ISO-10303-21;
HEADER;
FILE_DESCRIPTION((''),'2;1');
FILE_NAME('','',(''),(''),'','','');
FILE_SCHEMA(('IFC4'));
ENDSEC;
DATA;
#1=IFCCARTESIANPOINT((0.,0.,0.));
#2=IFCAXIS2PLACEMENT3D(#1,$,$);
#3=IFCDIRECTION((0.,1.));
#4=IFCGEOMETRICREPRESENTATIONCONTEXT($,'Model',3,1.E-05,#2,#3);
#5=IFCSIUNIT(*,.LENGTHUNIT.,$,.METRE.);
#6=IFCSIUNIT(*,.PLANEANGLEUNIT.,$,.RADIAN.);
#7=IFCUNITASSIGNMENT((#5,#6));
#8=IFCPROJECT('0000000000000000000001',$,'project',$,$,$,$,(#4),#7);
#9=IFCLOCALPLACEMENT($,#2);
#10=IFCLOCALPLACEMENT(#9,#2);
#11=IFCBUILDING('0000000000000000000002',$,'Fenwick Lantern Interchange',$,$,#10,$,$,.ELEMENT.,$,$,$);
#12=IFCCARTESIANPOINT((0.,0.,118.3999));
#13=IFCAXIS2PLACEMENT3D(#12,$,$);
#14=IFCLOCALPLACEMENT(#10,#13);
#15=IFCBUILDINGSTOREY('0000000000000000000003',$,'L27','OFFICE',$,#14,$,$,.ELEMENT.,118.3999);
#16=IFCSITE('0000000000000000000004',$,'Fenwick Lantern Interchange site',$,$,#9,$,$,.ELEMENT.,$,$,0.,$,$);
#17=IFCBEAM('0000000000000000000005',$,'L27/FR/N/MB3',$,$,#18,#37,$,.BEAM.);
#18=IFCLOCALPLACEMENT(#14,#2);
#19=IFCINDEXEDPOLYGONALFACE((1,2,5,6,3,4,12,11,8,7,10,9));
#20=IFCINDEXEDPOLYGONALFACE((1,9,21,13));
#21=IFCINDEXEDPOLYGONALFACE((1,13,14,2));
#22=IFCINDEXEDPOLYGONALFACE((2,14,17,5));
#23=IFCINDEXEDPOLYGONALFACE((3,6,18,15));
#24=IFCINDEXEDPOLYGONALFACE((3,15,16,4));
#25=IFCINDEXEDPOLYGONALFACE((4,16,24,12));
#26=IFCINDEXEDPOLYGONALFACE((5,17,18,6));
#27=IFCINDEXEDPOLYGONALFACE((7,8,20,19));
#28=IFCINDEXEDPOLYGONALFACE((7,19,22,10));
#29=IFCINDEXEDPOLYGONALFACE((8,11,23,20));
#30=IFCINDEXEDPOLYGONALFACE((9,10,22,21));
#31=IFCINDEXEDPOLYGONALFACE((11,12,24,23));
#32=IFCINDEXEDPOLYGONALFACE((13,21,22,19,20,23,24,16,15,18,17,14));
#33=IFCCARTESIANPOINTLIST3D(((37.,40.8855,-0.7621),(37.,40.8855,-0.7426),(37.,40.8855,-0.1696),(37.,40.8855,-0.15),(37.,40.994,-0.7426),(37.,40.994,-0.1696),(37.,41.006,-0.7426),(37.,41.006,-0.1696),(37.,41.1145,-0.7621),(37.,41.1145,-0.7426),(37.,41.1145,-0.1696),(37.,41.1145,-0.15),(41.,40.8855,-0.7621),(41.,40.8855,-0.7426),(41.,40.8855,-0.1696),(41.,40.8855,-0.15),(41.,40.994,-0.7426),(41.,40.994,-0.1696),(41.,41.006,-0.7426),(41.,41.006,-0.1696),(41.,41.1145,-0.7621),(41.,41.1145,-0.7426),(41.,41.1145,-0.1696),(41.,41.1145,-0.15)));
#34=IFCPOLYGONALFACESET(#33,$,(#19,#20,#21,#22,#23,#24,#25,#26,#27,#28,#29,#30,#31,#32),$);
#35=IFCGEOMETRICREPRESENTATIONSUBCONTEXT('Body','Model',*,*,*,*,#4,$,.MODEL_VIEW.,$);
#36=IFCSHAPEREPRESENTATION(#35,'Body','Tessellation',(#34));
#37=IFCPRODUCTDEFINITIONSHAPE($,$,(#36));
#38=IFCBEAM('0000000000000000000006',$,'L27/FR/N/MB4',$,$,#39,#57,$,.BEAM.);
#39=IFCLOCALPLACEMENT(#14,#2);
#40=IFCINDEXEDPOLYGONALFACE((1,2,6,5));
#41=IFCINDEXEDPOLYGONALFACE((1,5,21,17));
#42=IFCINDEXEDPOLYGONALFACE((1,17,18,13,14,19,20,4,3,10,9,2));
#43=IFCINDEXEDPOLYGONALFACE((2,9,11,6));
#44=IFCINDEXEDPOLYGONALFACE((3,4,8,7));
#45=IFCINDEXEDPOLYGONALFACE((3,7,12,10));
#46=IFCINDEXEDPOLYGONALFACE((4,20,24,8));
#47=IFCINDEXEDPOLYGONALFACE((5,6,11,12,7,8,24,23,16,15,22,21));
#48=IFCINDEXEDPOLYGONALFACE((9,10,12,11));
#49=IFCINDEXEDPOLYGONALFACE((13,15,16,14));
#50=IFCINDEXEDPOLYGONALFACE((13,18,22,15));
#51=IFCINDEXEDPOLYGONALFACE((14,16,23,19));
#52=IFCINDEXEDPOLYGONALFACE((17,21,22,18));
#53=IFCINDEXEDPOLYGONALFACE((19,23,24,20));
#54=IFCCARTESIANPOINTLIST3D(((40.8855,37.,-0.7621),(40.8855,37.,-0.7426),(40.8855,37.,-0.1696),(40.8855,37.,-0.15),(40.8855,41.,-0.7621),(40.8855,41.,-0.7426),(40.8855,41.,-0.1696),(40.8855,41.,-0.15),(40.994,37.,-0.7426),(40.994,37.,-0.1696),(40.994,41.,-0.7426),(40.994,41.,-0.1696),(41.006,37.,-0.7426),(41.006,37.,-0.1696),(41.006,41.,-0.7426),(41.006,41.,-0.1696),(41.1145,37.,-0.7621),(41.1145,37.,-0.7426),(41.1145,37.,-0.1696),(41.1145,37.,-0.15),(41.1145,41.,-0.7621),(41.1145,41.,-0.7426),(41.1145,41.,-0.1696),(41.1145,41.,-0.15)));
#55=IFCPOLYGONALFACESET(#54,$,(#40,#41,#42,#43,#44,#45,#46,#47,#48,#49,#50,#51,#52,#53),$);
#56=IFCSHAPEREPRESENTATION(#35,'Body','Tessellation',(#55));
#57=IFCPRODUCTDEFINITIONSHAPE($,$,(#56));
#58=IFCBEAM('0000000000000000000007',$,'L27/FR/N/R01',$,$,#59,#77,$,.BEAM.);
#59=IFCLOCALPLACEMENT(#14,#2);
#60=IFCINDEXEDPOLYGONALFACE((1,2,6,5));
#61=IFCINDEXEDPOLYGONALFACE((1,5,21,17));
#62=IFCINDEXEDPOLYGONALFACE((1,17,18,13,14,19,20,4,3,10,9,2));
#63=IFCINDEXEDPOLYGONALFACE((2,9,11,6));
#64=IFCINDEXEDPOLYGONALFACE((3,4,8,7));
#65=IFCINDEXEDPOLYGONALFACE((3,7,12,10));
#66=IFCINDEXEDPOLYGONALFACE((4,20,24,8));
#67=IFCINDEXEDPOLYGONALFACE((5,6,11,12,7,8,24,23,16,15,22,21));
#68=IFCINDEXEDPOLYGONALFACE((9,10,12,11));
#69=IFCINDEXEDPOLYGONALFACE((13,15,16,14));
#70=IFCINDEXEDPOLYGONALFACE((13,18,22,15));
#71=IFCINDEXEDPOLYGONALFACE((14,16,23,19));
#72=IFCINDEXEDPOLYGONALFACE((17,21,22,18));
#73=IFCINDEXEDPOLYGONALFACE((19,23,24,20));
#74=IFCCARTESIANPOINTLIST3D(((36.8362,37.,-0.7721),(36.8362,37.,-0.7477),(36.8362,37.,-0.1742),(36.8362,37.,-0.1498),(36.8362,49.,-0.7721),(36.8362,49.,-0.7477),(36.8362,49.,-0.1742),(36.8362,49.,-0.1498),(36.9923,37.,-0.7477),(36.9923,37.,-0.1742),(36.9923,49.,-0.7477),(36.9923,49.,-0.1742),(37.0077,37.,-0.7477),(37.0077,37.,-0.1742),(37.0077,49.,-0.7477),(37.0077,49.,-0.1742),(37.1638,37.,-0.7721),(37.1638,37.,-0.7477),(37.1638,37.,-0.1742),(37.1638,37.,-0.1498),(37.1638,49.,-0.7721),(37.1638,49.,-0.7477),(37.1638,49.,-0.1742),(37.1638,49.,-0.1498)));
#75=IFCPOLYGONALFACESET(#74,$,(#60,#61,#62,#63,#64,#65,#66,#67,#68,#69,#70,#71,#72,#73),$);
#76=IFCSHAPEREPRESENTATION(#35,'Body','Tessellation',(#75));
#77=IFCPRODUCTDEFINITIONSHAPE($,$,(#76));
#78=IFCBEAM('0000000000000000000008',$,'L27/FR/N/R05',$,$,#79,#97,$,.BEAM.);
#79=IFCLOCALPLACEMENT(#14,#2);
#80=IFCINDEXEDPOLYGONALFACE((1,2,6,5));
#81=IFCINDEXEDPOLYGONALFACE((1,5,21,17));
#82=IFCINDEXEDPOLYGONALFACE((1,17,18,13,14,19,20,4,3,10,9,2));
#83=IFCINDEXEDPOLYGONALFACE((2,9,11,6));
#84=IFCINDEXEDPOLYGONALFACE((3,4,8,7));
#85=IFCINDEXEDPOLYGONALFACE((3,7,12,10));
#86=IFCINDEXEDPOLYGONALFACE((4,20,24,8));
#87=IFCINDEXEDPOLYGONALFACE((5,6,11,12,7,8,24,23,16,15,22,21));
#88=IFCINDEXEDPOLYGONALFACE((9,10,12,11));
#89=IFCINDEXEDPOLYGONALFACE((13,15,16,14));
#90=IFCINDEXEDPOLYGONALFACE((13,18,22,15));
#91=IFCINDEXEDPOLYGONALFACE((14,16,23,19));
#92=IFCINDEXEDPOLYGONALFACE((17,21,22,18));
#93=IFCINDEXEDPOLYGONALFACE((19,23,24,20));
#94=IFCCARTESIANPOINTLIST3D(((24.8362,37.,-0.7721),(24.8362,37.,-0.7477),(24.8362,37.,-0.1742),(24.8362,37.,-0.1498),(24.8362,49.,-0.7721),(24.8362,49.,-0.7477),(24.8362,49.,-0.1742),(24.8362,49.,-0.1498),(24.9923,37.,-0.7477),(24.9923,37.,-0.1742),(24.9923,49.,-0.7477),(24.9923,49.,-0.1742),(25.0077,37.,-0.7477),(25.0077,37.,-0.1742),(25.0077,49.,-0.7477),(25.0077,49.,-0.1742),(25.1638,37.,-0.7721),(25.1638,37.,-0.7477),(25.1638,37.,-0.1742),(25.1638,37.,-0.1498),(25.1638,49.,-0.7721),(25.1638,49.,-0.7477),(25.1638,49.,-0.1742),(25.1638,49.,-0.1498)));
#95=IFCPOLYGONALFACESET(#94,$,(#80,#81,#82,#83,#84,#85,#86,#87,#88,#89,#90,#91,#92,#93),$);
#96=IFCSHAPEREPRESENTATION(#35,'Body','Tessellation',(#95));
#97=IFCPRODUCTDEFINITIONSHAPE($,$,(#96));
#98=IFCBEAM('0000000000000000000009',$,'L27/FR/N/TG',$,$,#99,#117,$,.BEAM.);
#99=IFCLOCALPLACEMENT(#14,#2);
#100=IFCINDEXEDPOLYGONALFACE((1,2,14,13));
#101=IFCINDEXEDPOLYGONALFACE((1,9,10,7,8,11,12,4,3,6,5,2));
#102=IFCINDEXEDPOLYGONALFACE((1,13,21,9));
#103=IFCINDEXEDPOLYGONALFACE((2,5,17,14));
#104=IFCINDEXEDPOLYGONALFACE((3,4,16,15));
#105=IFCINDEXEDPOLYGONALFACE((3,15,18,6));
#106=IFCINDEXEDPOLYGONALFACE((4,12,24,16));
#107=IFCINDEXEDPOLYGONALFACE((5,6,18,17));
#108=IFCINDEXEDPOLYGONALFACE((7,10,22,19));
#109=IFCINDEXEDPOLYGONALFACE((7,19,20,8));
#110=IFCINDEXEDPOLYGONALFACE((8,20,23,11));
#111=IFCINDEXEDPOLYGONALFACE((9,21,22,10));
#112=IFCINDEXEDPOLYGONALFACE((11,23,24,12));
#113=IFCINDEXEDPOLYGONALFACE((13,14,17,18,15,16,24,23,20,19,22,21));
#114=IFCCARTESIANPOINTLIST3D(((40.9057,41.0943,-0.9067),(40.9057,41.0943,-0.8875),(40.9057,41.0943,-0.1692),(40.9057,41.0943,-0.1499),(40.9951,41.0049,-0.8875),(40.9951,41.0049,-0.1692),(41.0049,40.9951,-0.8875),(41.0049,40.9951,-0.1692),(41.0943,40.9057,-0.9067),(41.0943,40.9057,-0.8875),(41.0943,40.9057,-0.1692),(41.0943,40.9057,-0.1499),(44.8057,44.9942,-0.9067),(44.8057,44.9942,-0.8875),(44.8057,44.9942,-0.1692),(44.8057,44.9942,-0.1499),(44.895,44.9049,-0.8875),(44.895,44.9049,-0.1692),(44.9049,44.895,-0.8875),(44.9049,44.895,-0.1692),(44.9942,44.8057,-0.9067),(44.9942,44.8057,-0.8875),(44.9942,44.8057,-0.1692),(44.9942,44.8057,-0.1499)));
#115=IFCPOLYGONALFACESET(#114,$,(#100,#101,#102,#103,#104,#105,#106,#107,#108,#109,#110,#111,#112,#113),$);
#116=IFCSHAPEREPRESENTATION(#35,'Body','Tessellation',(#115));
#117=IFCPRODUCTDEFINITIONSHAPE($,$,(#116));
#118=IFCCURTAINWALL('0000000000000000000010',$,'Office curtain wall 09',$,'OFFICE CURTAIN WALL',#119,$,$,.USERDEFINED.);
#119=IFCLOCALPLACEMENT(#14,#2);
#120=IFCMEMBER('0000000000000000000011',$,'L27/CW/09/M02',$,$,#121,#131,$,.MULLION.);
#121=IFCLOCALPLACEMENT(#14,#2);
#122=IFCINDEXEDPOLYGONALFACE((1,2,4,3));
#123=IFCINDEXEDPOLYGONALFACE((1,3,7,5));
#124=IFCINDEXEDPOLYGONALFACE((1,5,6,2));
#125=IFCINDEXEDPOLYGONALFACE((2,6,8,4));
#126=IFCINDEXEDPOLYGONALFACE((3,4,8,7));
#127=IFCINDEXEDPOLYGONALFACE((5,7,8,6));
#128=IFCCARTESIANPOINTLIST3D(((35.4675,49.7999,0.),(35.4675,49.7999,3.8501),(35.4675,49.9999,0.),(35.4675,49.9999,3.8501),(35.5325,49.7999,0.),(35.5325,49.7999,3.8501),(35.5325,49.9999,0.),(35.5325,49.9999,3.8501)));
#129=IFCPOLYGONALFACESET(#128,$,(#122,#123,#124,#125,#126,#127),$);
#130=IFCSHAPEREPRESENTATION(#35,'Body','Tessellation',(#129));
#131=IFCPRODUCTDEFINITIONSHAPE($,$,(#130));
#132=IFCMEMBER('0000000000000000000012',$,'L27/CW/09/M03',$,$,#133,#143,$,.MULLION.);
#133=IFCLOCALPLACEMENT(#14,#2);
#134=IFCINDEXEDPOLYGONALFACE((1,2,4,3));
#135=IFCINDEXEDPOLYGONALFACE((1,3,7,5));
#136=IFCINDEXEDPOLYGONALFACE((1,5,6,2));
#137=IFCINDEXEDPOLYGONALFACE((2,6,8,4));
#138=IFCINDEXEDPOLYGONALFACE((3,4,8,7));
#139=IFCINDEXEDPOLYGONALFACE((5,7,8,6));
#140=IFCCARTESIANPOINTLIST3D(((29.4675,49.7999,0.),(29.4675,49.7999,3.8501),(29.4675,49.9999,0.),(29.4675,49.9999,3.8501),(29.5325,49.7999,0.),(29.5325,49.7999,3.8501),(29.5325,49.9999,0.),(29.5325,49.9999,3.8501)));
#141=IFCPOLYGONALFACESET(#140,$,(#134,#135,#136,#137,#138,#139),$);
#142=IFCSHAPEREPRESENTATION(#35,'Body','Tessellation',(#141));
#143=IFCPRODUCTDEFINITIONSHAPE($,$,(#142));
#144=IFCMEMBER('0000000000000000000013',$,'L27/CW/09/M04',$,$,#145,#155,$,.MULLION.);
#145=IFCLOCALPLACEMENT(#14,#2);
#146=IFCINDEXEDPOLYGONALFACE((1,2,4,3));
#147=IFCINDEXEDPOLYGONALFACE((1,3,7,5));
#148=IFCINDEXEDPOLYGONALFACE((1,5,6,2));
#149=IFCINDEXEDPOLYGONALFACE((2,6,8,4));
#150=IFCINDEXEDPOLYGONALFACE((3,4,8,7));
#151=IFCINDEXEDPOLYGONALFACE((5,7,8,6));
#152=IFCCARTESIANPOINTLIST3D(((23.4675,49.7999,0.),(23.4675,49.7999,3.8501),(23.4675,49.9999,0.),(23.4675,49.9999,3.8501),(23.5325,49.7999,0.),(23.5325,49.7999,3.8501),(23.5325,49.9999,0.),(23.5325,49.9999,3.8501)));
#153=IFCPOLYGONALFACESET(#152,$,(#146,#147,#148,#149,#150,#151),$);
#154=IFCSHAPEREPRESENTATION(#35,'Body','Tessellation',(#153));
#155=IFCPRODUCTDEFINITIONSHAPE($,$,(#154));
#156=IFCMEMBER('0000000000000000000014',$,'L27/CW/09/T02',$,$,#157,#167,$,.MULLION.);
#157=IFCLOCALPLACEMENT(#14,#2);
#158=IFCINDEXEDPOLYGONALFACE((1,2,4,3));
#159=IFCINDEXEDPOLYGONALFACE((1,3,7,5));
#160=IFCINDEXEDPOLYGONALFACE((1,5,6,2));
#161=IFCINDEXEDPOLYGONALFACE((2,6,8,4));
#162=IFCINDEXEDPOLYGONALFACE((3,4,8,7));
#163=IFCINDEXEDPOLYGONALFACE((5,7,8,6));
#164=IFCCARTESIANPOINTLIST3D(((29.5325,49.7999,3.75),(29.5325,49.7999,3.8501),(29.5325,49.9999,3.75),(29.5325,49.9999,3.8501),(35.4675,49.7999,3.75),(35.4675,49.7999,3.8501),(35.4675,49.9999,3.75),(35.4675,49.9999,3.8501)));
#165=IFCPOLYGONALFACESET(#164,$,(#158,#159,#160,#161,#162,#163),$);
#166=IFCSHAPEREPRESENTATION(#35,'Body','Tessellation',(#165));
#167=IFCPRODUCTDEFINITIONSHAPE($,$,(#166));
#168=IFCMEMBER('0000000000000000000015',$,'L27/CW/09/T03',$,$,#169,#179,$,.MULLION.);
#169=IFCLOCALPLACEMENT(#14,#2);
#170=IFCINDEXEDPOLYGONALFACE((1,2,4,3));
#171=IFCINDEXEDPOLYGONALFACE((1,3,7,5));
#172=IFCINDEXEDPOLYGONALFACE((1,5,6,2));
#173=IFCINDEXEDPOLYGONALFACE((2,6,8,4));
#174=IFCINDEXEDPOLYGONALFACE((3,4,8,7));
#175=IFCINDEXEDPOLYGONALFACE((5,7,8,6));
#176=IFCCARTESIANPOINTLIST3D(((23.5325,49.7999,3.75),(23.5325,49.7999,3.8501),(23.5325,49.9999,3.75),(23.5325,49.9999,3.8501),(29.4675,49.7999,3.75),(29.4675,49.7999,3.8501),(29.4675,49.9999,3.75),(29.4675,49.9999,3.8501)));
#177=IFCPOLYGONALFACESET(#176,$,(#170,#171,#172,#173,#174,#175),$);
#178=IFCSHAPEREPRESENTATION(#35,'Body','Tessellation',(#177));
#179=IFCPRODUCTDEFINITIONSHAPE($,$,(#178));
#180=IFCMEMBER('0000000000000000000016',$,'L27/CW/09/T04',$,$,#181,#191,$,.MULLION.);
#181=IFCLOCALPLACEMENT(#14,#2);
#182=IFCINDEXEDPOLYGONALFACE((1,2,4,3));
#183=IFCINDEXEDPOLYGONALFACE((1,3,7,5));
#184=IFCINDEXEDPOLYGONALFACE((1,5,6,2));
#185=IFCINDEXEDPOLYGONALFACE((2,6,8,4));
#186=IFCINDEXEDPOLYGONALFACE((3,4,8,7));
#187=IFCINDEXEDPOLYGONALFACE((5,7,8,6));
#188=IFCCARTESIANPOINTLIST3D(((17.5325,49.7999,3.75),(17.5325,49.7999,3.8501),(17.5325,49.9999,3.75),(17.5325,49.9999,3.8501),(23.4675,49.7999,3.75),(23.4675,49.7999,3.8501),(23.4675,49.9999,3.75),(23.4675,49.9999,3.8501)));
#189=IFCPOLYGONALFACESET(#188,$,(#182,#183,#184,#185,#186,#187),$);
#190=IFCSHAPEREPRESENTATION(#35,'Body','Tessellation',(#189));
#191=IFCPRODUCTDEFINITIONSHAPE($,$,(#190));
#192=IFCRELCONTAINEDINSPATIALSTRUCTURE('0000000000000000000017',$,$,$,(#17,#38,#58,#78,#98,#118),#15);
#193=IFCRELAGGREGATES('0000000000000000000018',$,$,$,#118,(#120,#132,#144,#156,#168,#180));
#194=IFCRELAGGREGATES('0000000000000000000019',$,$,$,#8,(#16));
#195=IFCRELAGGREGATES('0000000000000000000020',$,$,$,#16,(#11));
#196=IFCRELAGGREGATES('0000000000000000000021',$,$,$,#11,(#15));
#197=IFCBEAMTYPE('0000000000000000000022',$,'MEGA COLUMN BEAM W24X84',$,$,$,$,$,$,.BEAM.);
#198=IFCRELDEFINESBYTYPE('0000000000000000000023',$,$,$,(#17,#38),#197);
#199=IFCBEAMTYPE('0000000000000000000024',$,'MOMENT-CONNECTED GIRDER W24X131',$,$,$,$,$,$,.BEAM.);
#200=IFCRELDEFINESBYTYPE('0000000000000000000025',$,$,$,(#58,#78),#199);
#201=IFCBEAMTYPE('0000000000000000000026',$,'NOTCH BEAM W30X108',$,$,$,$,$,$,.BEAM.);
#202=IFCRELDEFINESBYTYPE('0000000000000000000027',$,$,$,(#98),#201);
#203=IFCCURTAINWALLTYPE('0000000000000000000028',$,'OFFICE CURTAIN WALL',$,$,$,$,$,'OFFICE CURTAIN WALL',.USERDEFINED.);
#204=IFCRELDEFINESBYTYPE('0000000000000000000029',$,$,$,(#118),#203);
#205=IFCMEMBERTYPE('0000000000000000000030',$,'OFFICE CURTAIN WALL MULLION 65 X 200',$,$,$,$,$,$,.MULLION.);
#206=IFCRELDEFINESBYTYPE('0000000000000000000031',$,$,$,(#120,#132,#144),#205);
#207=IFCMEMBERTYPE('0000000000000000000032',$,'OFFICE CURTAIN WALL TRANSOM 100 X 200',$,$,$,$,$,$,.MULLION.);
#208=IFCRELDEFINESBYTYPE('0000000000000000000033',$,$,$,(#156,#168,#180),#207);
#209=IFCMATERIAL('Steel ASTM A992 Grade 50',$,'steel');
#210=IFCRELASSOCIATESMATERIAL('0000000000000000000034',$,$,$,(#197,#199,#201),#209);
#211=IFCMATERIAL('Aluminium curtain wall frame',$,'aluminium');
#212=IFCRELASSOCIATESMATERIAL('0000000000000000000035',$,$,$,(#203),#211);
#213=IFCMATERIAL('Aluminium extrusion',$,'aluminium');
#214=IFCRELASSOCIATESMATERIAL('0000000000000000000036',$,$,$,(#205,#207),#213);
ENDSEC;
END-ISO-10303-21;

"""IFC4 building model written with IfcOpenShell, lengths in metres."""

from ifc_helpers import new_model, si_unit, direction, frame, origin, origin_2d, place, context, subcontext, project, spatial, rectangle, i_section, extrude, material, material_profile, profile_set, type_object, element, aggregate, save


model = new_model("IFC4")

# Units and contexts
model_context = context("Model", 3, precision=1e-05, world=origin(), true_north=direction((0.0, 1.0)))
body_context = subcontext(model_context, "Body", "Model", "MODEL_VIEW")
ifc_project = project(units=[si_unit("LENGTHUNIT", "METRE"), si_unit("PLANEANGLEUNIT", "RADIAN")], contexts=[model_context])

# Site, building, storey
site_placement = place(None, origin())
site = spatial("IfcSite", under=ifc_project, at=site_placement, Name="Fenwick Lantern Interchange site", CompositionType="ELEMENT", RefElevation=0.0)
building_placement = place(site_placement, origin())
building = spatial("IfcBuilding", under=site, at=building_placement, Name="Fenwick Lantern Interchange", CompositionType="ELEMENT")
storey_placement = place(building_placement, frame((0.0, 0.0, 118.3999)))
storey = spatial("IfcBuildingStorey", under=building, at=storey_placement, Name="L27", Description="OFFICE", CompositionType="ELEMENT", Elevation=118.3999)

# Beams
ifc_material_1 = material(Name="Steel ASTM A992 Grade 50", Category="steel")
ifc_material_profile_1 = material_profile(ifc_material_1, i_section(OverallWidth=0.229, OverallDepth=0.6121, WebThickness=0.012, FlangeThickness=0.0195, at=origin_2d()), Name="W24X84")
ifc_profile_set_1 = profile_set([ifc_material_profile_1], Name="Steel ASTM A992 Grade 50")
beam_type_1 = type_object("IfcBeamType", Name="MEGA COLUMN BEAM W24X84", PredefinedType="BEAM", material=ifc_profile_set_1)
for number, where, z_axis, x_axis, name in (
    (1, (41.0, 41.0, -0.4561), (-1.0, 0.0, 0.0), (0.0, -1.0, 0.0), "L27/FR/N/MB3"),
    (2, (41.0, 41.0, -0.4561), (0.0, -1.0, 0.0), (1.0, 0.0, 0.0), "L27/FR/N/MB4"),
):
    element("IfcBeam", number, at=place(storey_placement, frame(where, z_axis=z_axis, x_axis=x_axis)), inside=storey, type_object=beam_type_1, Name=name, PredefinedType="BEAM", context=body_context, shape_type="SweptSolid", body=[
        extrude(i_section(OverallWidth=0.229, OverallDepth=0.6121, WebThickness=0.012, FlangeThickness=0.0195, at=origin_2d()), origin(), (0.0, 0.0, 1.0), 4.0),
    ])
ifc_material_profile_2 = material_profile(ifc_material_1, i_section(OverallWidth=0.3276, OverallDepth=0.6223, WebThickness=0.0154, FlangeThickness=0.0244, at=origin_2d()), Name="W24X131")
ifc_profile_set_2 = profile_set([ifc_material_profile_2], Name="Steel ASTM A992 Grade 50")
beam_type_2 = type_object("IfcBeamType", Name="MOMENT-CONNECTED GIRDER W24X131", PredefinedType="BEAM", material=ifc_profile_set_2)
for number, where, z_axis, x_axis, name in (
    (3, (37.0, 49.0, -0.4609), (0.0, -1.0, 0.0), (1.0, 0.0, 0.0), "L27/FR/N/R01"),
    (4, (25.0, 49.0, -0.4609), (0.0, -1.0, 0.0), (1.0, 0.0, 0.0), "L27/FR/N/R05"),
):
    element("IfcBeam", number, at=place(storey_placement, frame(where, z_axis=z_axis, x_axis=x_axis)), inside=storey, type_object=beam_type_2, Name=name, PredefinedType="BEAM", context=body_context, shape_type="SweptSolid", body=[
        extrude(i_section(OverallWidth=0.3276, OverallDepth=0.6223, WebThickness=0.0154, FlangeThickness=0.0244, at=origin_2d()), origin(), (0.0, 0.0, 1.0), 12.0),
    ])
ifc_material_profile_3 = material_profile(ifc_material_1, i_section(OverallWidth=0.2666, OverallDepth=0.7568, WebThickness=0.0139, FlangeThickness=0.0193, at=origin_2d()), Name="W30X108")
ifc_profile_set_3 = profile_set([ifc_material_profile_3], Name="Steel ASTM A992 Grade 50")
beam_type_3 = type_object("IfcBeamType", Name="NOTCH BEAM W30X108", PredefinedType="BEAM", material=ifc_profile_set_3)
beam_1_placement = place(storey_placement, frame((41.0, 41.0, -0.5283), z_axis=(0.707107, 0.707107, 0.0), x_axis=(-0.707107, 0.707107, 0.0)))
element("IfcBeam", 5, at=beam_1_placement, inside=storey, type_object=beam_type_3, Name="L27/FR/N/TG", PredefinedType="BEAM", context=body_context, shape_type="SweptSolid", body=[
    extrude(i_section(OverallWidth=0.2666, OverallDepth=0.7568, WebThickness=0.0139, FlangeThickness=0.0193, at=origin_2d()), origin(), (0.0, 0.0, 1.0), 5.5154),
])

# Curtain wall, members
ifc_material_2 = material(Name="Aluminium curtain wall frame", Category="aluminium")
curtain_wall_type = type_object("IfcCurtainWallType", Name="OFFICE CURTAIN WALL", ElementType="OFFICE CURTAIN WALL", PredefinedType="USERDEFINED", material=ifc_material_2)
curtain_wall_placement = place(storey_placement, origin())
curtain_wall = element("IfcCurtainWall", 6, at=curtain_wall_placement, inside=storey, type_object=curtain_wall_type, Name="Office curtain wall 09", ObjectType="OFFICE CURTAIN WALL", PredefinedType="USERDEFINED")
ifc_material_3 = material(Name="Aluminium extrusion", Category="aluminium")
ifc_material_profile_4 = material_profile(ifc_material_3, rectangle(XDim=0.2, YDim=0.0649, at=origin_2d()), Name="OFFICE CURTAIN WALL MULLION 65 X 200")
ifc_profile_set_4 = profile_set([ifc_material_profile_4], Name="Aluminium extrusion")
member_type_1 = type_object("IfcMemberType", Name="OFFICE CURTAIN WALL MULLION 65 X 200", PredefinedType="MULLION", material=ifc_profile_set_4)
member_1_placement = place(storey_placement, frame((35.5, 49.8999, 0.0), z_axis=(0.0, 0.0, 1.0), x_axis=(0.0, -1.0, 0.0)))
member_1 = element("IfcMember", 7, at=member_1_placement, type_object=member_type_1, Name="L27/CW/09/M02", PredefinedType="MULLION", context=body_context, shape_type="SweptSolid", body=[
    extrude(rectangle(XDim=0.2, YDim=0.0649, at=origin_2d()), origin(), (0.0, 0.0, 1.0), 3.8501),
])
member_2_placement = place(storey_placement, frame((29.5, 49.8999, 0.0), z_axis=(0.0, 0.0, 1.0), x_axis=(0.0, -1.0, 0.0)))
member_2 = element("IfcMember", 8, at=member_2_placement, type_object=member_type_1, Name="L27/CW/09/M03", PredefinedType="MULLION", context=body_context, shape_type="SweptSolid", body=[
    extrude(rectangle(XDim=0.2, YDim=0.0649, at=origin_2d()), origin(), (0.0, 0.0, 1.0), 3.8501),
])
member_3_placement = place(storey_placement, frame((23.5, 49.8999, 0.0), z_axis=(0.0, 0.0, 1.0), x_axis=(0.0, -1.0, 0.0)))
member_3 = element("IfcMember", 9, at=member_3_placement, type_object=member_type_1, Name="L27/CW/09/M04", PredefinedType="MULLION", context=body_context, shape_type="SweptSolid", body=[
    extrude(rectangle(XDim=0.2, YDim=0.0649, at=origin_2d()), origin(), (0.0, 0.0, 1.0), 3.8501),
])
ifc_material_profile_5 = material_profile(ifc_material_3, rectangle(XDim=0.2, YDim=0.1001, at=origin_2d()), Name="OFFICE CURTAIN WALL TRANSOM 100 X 200")
ifc_profile_set_5 = profile_set([ifc_material_profile_5], Name="Aluminium extrusion")
member_type_2 = type_object("IfcMemberType", Name="OFFICE CURTAIN WALL TRANSOM 100 X 200", PredefinedType="MULLION", material=ifc_profile_set_5)
member_4_placement = place(storey_placement, frame((35.4675, 49.8999, 3.8), z_axis=(-1.0, 0.0, 0.0), x_axis=(0.0, -1.0, 0.0)))
member_4 = element("IfcMember", 10, at=member_4_placement, type_object=member_type_2, Name="L27/CW/09/T02", PredefinedType="MULLION", context=body_context, shape_type="SweptSolid", body=[
    extrude(rectangle(XDim=0.2, YDim=0.1001, at=origin_2d()), origin(), (0.0, 0.0, 1.0), 5.9351),
])
member_5_placement = place(storey_placement, frame((29.4675, 49.8999, 3.8), z_axis=(-1.0, 0.0, 0.0), x_axis=(0.0, -1.0, 0.0)))
member_5 = element("IfcMember", 11, at=member_5_placement, type_object=member_type_2, Name="L27/CW/09/T03", PredefinedType="MULLION", context=body_context, shape_type="SweptSolid", body=[
    extrude(rectangle(XDim=0.2, YDim=0.1001, at=origin_2d()), origin(), (0.0, 0.0, 1.0), 5.9351),
])
member_6_placement = place(storey_placement, frame((23.4675, 49.8999, 3.8), z_axis=(-1.0, 0.0, 0.0), x_axis=(0.0, -1.0, 0.0)))
member_6 = element("IfcMember", 12, at=member_6_placement, type_object=member_type_2, Name="L27/CW/09/T04", PredefinedType="MULLION", context=body_context, shape_type="SweptSolid", body=[
    extrude(rectangle(XDim=0.2, YDim=0.1001, at=origin_2d()), origin(), (0.0, 0.0, 1.0), 5.9351),
])
aggregate(curtain_wall, [member_1, member_2, member_3, member_4, member_5, member_6])

save(model, "model.ifc")
